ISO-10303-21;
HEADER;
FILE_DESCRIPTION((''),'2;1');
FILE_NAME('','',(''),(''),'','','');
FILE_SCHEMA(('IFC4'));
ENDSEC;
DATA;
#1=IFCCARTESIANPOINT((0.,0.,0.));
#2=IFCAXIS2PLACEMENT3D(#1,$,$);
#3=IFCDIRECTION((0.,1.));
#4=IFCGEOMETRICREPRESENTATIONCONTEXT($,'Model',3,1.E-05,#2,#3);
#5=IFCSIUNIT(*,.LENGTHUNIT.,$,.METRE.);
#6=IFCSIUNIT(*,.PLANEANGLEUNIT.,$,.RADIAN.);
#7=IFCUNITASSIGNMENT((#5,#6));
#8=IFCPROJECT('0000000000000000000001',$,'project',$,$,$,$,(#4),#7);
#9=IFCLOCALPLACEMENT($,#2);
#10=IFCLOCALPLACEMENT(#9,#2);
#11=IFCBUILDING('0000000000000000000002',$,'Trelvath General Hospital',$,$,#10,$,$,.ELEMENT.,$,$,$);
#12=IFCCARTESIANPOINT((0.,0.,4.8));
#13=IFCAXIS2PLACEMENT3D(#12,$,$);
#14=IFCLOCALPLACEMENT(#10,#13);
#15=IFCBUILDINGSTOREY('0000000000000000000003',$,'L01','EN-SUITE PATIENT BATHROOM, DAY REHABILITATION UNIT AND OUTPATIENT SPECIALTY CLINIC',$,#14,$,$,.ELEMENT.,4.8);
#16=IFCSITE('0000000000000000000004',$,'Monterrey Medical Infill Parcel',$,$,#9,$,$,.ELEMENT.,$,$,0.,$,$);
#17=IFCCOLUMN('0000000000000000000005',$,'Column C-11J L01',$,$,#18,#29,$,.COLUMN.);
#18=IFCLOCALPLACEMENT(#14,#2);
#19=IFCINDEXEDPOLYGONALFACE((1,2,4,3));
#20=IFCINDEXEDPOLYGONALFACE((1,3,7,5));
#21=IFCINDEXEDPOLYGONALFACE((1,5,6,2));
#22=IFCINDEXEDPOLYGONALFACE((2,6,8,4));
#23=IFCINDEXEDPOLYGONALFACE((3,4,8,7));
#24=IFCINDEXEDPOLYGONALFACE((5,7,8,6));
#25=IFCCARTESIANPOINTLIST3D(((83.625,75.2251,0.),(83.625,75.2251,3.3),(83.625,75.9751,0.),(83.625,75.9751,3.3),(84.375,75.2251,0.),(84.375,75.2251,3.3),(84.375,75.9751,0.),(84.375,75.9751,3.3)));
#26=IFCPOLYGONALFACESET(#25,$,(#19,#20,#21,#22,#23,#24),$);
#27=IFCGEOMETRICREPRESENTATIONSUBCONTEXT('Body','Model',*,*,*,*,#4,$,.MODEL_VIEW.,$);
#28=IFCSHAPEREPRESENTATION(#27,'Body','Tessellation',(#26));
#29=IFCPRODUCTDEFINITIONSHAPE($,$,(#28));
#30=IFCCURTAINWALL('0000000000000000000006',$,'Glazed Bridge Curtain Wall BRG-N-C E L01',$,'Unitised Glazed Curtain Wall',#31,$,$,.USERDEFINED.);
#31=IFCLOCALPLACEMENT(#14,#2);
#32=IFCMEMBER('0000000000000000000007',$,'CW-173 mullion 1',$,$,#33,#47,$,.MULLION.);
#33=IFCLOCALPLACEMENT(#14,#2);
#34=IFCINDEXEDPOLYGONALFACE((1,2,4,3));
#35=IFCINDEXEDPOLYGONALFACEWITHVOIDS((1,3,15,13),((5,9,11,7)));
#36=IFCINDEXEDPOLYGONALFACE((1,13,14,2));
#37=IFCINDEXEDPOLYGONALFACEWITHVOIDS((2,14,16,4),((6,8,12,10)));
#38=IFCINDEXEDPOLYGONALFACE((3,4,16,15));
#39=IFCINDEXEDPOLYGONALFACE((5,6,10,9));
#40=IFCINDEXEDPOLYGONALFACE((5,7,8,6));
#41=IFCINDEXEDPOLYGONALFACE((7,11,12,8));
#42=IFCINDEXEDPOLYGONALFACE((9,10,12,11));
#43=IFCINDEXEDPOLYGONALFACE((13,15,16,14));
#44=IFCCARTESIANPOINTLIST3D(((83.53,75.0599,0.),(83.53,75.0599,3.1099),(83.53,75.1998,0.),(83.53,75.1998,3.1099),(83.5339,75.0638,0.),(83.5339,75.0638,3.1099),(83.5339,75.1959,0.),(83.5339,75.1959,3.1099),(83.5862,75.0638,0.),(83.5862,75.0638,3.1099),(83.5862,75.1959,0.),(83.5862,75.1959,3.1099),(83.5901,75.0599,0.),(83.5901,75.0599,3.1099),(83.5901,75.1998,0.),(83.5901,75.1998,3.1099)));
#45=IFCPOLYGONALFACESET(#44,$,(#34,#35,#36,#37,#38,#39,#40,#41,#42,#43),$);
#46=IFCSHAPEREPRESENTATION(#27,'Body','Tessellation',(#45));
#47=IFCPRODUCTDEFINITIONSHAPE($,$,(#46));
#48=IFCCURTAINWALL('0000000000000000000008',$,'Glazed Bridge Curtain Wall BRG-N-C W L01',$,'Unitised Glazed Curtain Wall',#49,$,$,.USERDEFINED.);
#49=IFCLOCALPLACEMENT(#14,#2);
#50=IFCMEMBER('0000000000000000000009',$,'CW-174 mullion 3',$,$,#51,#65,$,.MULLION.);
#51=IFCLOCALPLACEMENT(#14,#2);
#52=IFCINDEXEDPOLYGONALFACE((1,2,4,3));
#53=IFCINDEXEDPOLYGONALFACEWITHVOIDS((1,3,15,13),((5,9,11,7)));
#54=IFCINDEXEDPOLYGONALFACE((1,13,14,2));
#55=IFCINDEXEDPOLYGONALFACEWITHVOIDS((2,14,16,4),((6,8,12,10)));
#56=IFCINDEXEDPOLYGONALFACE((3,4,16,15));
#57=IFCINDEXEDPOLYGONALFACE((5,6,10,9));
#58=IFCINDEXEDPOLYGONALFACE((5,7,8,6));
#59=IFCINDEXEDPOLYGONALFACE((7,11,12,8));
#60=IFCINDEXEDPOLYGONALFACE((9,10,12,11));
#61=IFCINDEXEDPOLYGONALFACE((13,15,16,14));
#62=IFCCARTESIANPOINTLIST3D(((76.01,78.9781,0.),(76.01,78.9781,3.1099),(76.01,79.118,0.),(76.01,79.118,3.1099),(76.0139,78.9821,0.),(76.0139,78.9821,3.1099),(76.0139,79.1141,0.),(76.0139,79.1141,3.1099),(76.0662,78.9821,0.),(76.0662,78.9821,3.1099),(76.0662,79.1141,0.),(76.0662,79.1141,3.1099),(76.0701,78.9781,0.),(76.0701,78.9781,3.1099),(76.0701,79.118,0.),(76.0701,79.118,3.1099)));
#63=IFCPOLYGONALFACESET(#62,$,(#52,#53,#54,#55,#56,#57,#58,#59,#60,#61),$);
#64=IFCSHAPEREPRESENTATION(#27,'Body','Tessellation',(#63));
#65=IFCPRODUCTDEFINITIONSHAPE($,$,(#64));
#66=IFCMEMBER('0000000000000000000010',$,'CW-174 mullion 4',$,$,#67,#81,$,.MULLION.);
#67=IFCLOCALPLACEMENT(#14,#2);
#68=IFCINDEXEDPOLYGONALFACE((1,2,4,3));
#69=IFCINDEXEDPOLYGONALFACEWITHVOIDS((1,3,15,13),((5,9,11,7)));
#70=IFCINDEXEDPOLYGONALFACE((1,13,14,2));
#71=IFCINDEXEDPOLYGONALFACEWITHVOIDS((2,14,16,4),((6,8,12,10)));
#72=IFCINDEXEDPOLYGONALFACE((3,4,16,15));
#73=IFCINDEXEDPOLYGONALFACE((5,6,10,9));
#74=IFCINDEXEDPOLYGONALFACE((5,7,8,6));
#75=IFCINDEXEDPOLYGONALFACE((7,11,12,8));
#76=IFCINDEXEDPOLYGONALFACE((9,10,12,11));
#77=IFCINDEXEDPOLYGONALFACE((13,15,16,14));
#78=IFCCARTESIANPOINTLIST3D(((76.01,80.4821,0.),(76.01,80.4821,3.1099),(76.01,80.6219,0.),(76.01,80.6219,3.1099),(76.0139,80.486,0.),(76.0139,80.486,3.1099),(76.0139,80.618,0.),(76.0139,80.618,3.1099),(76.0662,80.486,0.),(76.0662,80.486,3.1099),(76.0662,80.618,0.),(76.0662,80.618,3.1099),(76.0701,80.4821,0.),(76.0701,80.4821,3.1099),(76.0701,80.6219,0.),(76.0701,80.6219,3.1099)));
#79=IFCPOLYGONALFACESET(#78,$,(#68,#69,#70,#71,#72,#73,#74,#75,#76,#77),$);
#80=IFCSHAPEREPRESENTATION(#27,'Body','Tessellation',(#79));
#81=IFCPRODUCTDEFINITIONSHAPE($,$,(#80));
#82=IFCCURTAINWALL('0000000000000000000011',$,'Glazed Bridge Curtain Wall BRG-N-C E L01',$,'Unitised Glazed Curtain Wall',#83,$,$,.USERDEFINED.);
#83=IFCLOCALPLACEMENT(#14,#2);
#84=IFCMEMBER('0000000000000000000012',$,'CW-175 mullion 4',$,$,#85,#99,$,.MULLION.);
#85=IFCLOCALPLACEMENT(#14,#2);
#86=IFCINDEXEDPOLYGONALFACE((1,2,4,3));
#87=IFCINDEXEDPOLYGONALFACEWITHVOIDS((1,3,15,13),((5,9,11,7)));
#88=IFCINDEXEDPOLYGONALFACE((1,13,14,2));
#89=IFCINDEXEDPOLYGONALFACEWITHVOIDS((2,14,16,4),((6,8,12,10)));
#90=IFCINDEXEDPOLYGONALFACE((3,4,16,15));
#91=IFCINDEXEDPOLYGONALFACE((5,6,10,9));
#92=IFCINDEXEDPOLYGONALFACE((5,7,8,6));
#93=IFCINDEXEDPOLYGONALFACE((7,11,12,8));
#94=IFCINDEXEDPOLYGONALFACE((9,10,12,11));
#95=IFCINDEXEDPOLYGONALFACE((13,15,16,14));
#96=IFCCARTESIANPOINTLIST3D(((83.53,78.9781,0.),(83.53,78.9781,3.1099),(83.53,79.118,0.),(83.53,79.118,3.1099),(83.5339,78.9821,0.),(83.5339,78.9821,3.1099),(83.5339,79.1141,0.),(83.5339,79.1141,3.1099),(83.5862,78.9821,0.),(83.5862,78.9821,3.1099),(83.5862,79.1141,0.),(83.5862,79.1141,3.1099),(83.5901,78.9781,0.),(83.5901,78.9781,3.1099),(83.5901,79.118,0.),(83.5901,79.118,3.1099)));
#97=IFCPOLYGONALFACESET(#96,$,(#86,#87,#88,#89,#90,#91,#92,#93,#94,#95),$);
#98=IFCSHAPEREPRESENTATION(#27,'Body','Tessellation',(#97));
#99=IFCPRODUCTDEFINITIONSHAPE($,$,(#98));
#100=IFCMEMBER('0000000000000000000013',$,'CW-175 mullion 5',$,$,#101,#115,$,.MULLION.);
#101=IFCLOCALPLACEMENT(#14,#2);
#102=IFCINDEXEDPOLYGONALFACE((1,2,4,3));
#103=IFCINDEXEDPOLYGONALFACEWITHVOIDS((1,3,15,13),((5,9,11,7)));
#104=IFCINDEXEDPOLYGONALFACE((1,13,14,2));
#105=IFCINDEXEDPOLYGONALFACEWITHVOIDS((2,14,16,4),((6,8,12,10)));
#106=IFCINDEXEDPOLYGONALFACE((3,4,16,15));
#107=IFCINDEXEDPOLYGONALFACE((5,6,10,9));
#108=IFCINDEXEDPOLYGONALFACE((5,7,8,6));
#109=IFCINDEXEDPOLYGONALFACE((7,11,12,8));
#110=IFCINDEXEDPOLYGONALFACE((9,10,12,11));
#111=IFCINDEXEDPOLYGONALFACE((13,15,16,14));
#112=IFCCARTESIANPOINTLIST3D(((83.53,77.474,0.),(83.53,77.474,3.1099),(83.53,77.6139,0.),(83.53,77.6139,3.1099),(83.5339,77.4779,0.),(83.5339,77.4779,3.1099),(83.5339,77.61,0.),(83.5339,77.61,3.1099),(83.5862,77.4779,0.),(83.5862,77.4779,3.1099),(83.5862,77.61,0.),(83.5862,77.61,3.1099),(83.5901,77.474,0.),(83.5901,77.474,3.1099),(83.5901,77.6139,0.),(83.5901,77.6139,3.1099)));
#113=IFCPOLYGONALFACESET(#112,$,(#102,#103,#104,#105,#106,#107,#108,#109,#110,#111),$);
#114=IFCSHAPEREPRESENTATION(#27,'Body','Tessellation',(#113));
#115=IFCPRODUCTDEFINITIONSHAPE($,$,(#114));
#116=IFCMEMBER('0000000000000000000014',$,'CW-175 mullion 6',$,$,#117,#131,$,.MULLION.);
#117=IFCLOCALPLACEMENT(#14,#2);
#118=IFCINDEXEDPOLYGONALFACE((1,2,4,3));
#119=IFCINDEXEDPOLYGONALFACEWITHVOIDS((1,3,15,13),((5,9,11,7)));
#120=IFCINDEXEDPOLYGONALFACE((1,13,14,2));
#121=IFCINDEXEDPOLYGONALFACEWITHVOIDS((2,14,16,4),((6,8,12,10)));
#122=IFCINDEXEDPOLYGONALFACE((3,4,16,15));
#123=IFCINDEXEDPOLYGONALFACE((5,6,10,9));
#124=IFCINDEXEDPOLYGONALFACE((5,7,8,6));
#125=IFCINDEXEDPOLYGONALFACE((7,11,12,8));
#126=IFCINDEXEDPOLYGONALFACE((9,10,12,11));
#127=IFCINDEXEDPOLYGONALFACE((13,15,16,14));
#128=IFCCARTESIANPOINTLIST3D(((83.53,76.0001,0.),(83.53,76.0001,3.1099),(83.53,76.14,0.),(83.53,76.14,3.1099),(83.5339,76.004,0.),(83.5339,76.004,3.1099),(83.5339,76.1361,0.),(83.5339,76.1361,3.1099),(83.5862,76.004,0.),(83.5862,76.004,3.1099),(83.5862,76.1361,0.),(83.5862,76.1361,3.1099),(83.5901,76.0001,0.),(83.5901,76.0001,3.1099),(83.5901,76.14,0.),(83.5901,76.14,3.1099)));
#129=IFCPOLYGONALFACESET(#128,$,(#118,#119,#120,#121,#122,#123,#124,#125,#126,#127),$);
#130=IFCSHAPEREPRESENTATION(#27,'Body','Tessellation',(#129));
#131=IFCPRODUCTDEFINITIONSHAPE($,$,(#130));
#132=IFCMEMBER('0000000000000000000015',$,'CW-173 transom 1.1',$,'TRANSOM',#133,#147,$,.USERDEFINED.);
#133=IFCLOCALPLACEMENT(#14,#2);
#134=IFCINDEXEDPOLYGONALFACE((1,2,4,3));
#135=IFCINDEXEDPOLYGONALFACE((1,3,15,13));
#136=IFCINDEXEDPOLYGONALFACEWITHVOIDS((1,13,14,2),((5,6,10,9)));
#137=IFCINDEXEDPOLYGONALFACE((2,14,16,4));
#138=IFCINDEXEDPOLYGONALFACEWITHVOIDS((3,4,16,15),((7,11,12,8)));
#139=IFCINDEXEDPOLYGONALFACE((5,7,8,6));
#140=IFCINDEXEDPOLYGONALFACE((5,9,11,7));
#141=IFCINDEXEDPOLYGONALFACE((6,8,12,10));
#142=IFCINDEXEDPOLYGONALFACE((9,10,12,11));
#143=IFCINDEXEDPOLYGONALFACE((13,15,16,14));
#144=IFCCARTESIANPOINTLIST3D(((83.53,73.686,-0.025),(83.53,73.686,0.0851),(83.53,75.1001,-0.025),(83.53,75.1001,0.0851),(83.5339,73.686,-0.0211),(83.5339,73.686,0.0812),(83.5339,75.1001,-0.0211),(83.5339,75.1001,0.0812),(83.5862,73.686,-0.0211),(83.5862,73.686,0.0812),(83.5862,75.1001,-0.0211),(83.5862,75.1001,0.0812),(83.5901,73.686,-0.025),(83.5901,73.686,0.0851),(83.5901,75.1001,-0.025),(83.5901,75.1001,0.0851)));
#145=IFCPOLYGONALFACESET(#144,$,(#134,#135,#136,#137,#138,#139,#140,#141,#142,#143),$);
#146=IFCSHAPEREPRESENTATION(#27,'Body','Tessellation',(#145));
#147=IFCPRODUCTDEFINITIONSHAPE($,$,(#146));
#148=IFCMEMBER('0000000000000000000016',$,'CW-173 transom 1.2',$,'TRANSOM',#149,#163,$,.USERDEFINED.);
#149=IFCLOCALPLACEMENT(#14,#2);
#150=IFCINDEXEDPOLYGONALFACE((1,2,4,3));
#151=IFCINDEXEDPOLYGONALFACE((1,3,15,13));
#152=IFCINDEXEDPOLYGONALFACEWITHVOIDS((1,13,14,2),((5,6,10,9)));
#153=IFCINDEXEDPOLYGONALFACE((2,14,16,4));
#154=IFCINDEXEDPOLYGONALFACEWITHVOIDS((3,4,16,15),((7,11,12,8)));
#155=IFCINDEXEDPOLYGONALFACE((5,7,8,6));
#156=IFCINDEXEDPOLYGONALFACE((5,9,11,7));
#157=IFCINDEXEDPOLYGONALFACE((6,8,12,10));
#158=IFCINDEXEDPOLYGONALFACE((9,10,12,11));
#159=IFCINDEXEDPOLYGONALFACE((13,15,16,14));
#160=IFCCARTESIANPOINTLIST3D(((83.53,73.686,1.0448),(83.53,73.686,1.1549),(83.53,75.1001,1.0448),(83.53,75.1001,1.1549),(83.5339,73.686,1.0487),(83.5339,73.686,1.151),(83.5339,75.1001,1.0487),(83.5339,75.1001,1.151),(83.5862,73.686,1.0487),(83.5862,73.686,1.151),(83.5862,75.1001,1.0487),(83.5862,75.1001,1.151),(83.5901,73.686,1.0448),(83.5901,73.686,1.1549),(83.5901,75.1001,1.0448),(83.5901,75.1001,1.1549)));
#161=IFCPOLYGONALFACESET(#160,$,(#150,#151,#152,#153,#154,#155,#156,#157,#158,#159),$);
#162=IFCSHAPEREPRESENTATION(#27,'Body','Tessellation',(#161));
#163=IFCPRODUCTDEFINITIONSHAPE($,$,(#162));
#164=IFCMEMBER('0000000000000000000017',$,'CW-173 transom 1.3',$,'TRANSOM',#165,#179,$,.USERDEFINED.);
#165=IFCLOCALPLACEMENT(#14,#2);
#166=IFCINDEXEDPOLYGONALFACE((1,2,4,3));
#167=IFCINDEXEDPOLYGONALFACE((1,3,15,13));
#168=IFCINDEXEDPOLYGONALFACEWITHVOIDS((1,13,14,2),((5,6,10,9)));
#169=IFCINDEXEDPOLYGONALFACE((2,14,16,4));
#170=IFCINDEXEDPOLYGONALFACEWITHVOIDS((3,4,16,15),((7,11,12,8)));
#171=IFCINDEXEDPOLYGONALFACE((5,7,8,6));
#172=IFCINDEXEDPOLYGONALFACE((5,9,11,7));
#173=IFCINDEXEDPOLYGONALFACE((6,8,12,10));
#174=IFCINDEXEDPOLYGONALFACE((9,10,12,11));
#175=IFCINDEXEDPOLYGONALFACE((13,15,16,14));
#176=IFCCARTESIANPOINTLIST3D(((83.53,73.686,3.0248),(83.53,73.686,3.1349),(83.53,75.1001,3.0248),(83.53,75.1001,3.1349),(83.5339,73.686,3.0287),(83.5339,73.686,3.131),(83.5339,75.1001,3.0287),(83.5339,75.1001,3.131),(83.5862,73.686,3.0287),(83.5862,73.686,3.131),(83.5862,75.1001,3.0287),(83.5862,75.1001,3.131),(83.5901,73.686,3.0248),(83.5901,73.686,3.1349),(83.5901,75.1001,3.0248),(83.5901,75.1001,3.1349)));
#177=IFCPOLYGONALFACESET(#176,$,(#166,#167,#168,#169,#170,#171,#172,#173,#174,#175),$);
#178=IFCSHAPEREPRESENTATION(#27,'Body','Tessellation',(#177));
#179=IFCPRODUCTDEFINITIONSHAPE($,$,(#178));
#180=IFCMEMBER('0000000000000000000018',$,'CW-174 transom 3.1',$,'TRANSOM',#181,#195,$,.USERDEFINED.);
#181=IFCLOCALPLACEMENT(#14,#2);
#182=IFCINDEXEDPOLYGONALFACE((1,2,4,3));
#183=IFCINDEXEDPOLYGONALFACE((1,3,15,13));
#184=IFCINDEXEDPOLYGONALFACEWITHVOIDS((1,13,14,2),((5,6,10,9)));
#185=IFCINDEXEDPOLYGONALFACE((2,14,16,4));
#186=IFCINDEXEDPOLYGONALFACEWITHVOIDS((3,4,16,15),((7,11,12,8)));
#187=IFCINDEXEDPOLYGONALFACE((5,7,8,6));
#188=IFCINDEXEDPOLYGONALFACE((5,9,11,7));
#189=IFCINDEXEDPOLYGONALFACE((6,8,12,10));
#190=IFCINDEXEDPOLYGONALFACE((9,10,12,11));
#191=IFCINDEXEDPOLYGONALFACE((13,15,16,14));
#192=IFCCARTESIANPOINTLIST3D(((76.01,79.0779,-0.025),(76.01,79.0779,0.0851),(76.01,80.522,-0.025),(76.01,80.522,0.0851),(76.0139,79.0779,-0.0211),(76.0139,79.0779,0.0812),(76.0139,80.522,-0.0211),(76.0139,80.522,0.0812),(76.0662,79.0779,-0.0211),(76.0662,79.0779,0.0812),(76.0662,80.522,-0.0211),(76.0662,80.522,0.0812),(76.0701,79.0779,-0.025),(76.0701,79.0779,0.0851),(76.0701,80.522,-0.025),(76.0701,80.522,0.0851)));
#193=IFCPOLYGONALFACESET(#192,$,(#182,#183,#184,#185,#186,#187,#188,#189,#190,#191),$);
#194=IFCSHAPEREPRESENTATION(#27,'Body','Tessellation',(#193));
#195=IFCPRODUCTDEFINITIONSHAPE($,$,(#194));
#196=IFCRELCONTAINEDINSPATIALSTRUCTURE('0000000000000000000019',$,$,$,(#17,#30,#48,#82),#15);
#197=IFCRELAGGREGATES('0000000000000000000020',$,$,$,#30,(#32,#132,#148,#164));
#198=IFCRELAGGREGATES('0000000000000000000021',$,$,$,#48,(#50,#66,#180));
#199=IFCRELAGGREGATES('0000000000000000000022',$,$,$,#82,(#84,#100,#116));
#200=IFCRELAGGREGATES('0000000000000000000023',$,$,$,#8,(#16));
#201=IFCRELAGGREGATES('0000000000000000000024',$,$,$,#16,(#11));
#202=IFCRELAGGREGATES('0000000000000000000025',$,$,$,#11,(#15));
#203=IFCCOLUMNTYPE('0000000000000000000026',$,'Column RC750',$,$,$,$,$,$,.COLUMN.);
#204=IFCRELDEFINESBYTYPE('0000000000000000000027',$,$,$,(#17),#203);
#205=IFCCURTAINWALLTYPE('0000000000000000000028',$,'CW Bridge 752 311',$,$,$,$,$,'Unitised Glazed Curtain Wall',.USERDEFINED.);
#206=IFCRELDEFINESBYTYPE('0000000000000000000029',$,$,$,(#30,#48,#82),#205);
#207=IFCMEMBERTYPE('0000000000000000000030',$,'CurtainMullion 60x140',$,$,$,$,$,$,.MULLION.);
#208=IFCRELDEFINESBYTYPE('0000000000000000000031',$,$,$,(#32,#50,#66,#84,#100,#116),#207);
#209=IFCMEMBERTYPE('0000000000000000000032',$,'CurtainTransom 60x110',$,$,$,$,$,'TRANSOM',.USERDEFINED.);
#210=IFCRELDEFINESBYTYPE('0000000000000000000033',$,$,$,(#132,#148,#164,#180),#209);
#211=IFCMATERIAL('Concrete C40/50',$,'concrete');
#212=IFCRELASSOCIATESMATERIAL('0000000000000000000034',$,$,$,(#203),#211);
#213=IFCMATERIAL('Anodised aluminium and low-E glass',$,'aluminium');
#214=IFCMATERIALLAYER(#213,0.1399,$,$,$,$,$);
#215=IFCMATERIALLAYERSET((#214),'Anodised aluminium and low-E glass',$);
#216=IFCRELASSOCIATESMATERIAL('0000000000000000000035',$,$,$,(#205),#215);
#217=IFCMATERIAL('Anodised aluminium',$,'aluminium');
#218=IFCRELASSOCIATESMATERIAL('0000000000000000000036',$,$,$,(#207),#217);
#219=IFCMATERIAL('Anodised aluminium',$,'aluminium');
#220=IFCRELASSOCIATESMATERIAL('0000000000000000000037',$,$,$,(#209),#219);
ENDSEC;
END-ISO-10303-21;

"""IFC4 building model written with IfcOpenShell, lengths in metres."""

from ifc_helpers import new_model, si_unit, direction, frame, origin, origin_2d, place, context, subcontext, project, spatial, rectangle, hollow_rectangle, extrude, material, layer, layer_set, material_profile, profile_set, type_object, element, aggregate, save


model = new_model("IFC4")

# Units and contexts
model_context = context("Model", 3, precision=1e-05, world=origin(), true_north=direction((0.0, 1.0)))
body_context = subcontext(model_context, "Body", "Model", "MODEL_VIEW")
ifc_project = project(units=[si_unit("LENGTHUNIT", "METRE"), si_unit("PLANEANGLEUNIT", "RADIAN")], contexts=[model_context])

# Site, building, storey
site_placement = place(None, origin())
site = spatial("IfcSite", under=ifc_project, at=site_placement, Name="Monterrey Medical Infill Parcel", CompositionType="ELEMENT", RefElevation=0.0)
building_placement = place(site_placement, origin())
building = spatial("IfcBuilding", under=site, at=building_placement, Name="Trelvath General Hospital", CompositionType="ELEMENT")
storey_placement = place(building_placement, frame((0.0, 0.0, 4.8)))
storey = spatial("IfcBuildingStorey", under=building, at=storey_placement, Name="L01", Description="EN-SUITE PATIENT BATHROOM, DAY REHABILITATION UNIT AND OUTPATIENT SPECIALTY CLINIC", CompositionType="ELEMENT", Elevation=4.8)

# Column
ifc_material_1 = material(Name="Concrete C40/50", Category="concrete")
ifc_material_profile_1 = material_profile(ifc_material_1, rectangle(XDim=0.75, YDim=0.75, at=origin_2d()), Name="RC750x750")
ifc_profile_set_1 = profile_set([ifc_material_profile_1], Name="Concrete C40/50")
column_type = type_object("IfcColumnType", Name="Column RC750", PredefinedType="COLUMN", material=ifc_profile_set_1)
column_placement = place(storey_placement, frame((84.0, 75.6001, 0.0), z_axis=(0.0, 0.0, 1.0), x_axis=(1.0, 0.0, 0.0)))
element("IfcColumn", 1, at=column_placement, inside=storey, type_object=column_type, Name="Column C-11J L01", PredefinedType="COLUMN", context=body_context, shape_type="SweptSolid", body=[
    extrude(rectangle(XDim=0.75, YDim=0.75, at=origin_2d()), origin(), (0.0, 0.0, 1.0), 3.3),
])

# Curtain wall, member
ifc_material_2 = material(Name="Anodised aluminium and low-E glass", Category="aluminium")
ifc_layer_1 = layer(ifc_material_2, 0.1399)
ifc_layer_set_1 = layer_set([ifc_layer_1], Name="Anodised aluminium and low-E glass")
curtain_wall_type = type_object("IfcCurtainWallType", Name="CW Bridge 752 311", ElementType="Unitised Glazed Curtain Wall", PredefinedType="USERDEFINED", material=ifc_layer_set_1)
curtain_wall_1_placement = place(storey_placement, origin())
curtain_wall_1 = element("IfcCurtainWall", 2, at=curtain_wall_1_placement, inside=storey, type_object=curtain_wall_type, Name="Glazed Bridge Curtain Wall BRG-N-C E L01", ObjectType="Unitised Glazed Curtain Wall", PredefinedType="USERDEFINED")
ifc_material_3 = material(Name="Anodised aluminium", Category="aluminium")
ifc_material_profile_2 = material_profile(ifc_material_3, hollow_rectangle(XDim=0.0601, YDim=0.1399, WallThickness=0.0039, at=origin_2d()), Name="RHS60x140x4")
ifc_profile_set_2 = profile_set([ifc_material_profile_2], Name="Anodised aluminium")
member_type_1 = type_object("IfcMemberType", Name="CurtainMullion 60x140", PredefinedType="MULLION", material=ifc_profile_set_2)
member_1_placement = place(storey_placement, frame((83.5601, 75.1299, 0.0), z_axis=(0.0, 0.0, 1.0), x_axis=(1.0, 0.0, 0.0)))
member_1 = element("IfcMember", 3, at=member_1_placement, type_object=member_type_1, Name="CW-173 mullion 1", PredefinedType="MULLION", context=body_context, shape_type="SweptSolid", body=[
    extrude(hollow_rectangle(XDim=0.0601, YDim=0.1399, WallThickness=0.0039, at=origin_2d()), origin(), (0.0, 0.0, 1.0), 3.1099),
])

# Curtain walls, members
curtain_wall_2_placement = place(storey_placement, origin())
curtain_wall_2 = element("IfcCurtainWall", 4, at=curtain_wall_2_placement, inside=storey, type_object=curtain_wall_type, Name="Glazed Bridge Curtain Wall BRG-N-C W L01", ObjectType="Unitised Glazed Curtain Wall", PredefinedType="USERDEFINED")
member_2_placement = place(storey_placement, frame((76.04, 79.0481, 0.0), z_axis=(0.0, 0.0, 1.0), x_axis=(-1.0, 0.0, 0.0)))
member_2 = element("IfcMember", 5, at=member_2_placement, type_object=member_type_1, Name="CW-174 mullion 3", PredefinedType="MULLION", context=body_context, shape_type="SweptSolid", body=[
    extrude(hollow_rectangle(XDim=0.0601, YDim=0.1399, WallThickness=0.0039, at=origin_2d()), origin(), (0.0, 0.0, 1.0), 3.1099),
])
member_3_placement = place(storey_placement, frame((76.04, 80.552, 0.0), z_axis=(0.0, 0.0, 1.0), x_axis=(-1.0, 0.0, 0.0)))
member_3 = element("IfcMember", 6, at=member_3_placement, type_object=member_type_1, Name="CW-174 mullion 4", PredefinedType="MULLION", context=body_context, shape_type="SweptSolid", body=[
    extrude(hollow_rectangle(XDim=0.0601, YDim=0.1399, WallThickness=0.0039, at=origin_2d()), origin(), (0.0, 0.0, 1.0), 3.1099),
])
curtain_wall_3_placement = place(storey_placement, origin())
curtain_wall_3 = element("IfcCurtainWall", 7, at=curtain_wall_3_placement, inside=storey, type_object=curtain_wall_type, Name="Glazed Bridge Curtain Wall BRG-N-C E L01", ObjectType="Unitised Glazed Curtain Wall", PredefinedType="USERDEFINED")
member_4_placement = place(storey_placement, frame((83.5601, 79.0481, 0.0), z_axis=(0.0, 0.0, 1.0), x_axis=(1.0, 0.0, 0.0)))
member_4 = element("IfcMember", 8, at=member_4_placement, type_object=member_type_1, Name="CW-175 mullion 4", PredefinedType="MULLION", context=body_context, shape_type="SweptSolid", body=[
    extrude(hollow_rectangle(XDim=0.0601, YDim=0.1399, WallThickness=0.0039, at=origin_2d()), origin(), (0.0, 0.0, 1.0), 3.1099),
])
member_5_placement = place(storey_placement, frame((83.5601, 77.5439, 0.0), z_axis=(0.0, 0.0, 1.0), x_axis=(1.0, 0.0, 0.0)))
member_5 = element("IfcMember", 9, at=member_5_placement, type_object=member_type_1, Name="CW-175 mullion 5", PredefinedType="MULLION", context=body_context, shape_type="SweptSolid", body=[
    extrude(hollow_rectangle(XDim=0.0601, YDim=0.1399, WallThickness=0.0039, at=origin_2d()), origin(), (0.0, 0.0, 1.0), 3.1099),
])
member_6_placement = place(storey_placement, frame((83.5601, 76.0701, 0.0), z_axis=(0.0, 0.0, 1.0), x_axis=(1.0, 0.0, 0.0)))
member_6 = element("IfcMember", 10, at=member_6_placement, type_object=member_type_1, Name="CW-175 mullion 6", PredefinedType="MULLION", context=body_context, shape_type="SweptSolid", body=[
    extrude(hollow_rectangle(XDim=0.0601, YDim=0.1399, WallThickness=0.0039, at=origin_2d()), origin(), (0.0, 0.0, 1.0), 3.1099),
])

# Members
ifc_material_4 = material(Name="Anodised aluminium", Category="aluminium")
ifc_material_profile_3 = material_profile(ifc_material_4, hollow_rectangle(XDim=0.0601, YDim=0.1101, WallThickness=0.0039, at=origin_2d()), Name="RHS60x110x4")
ifc_profile_set_3 = profile_set([ifc_material_profile_3], Name="Anodised aluminium")
member_type_2 = type_object("IfcMemberType", Name="CurtainTransom 60x110", ElementType="TRANSOM", PredefinedType="USERDEFINED", material=ifc_profile_set_3)
member_7_placement = place(storey_placement, frame((83.5601, 75.1001, 0.03), z_axis=(0.0, -1.0, 0.0), x_axis=(1.0, 0.0, 0.0)))
member_7 = element("IfcMember", 11, at=member_7_placement, type_object=member_type_2, Name="CW-173 transom 1.1", ObjectType="TRANSOM", PredefinedType="USERDEFINED", context=body_context, shape_type="SweptSolid", body=[
    extrude(hollow_rectangle(XDim=0.0601, YDim=0.1101, WallThickness=0.0039, at=origin_2d()), origin(), (0.0, 0.0, 1.0), 1.4141),
])
member_8_placement = place(storey_placement, frame((83.5601, 75.1001, 1.0999), z_axis=(0.0, -1.0, 0.0), x_axis=(1.0, 0.0, 0.0)))
member_8 = element("IfcMember", 12, at=member_8_placement, type_object=member_type_2, Name="CW-173 transom 1.2", ObjectType="TRANSOM", PredefinedType="USERDEFINED", context=body_context, shape_type="SweptSolid", body=[
    extrude(hollow_rectangle(XDim=0.0601, YDim=0.1101, WallThickness=0.0039, at=origin_2d()), origin(), (0.0, 0.0, 1.0), 1.4141),
])
member_9_placement = place(storey_placement, frame((83.5601, 75.1001, 3.0798), z_axis=(0.0, -1.0, 0.0), x_axis=(1.0, 0.0, 0.0)))
member_9 = element("IfcMember", 13, at=member_9_placement, type_object=member_type_2, Name="CW-173 transom 1.3", ObjectType="TRANSOM", PredefinedType="USERDEFINED", context=body_context, shape_type="SweptSolid", body=[
    extrude(hollow_rectangle(XDim=0.0601, YDim=0.1101, WallThickness=0.0039, at=origin_2d()), origin(), (0.0, 0.0, 1.0), 1.4141),
])
member_10_placement = place(storey_placement, frame((76.04, 79.0779, 0.03), z_axis=(0.0, 1.0, 0.0), x_axis=(-1.0, 0.0, 0.0)))
member_10 = element("IfcMember", 14, at=member_10_placement, type_object=member_type_2, Name="CW-174 transom 3.1", ObjectType="TRANSOM", PredefinedType="USERDEFINED", context=body_context, shape_type="SweptSolid", body=[
    extrude(hollow_rectangle(XDim=0.0601, YDim=0.1101, WallThickness=0.0039, at=origin_2d()), origin(), (0.0, 0.0, 1.0), 1.4441),
])

aggregate(curtain_wall_1, [member_1, member_7, member_8, member_9])
aggregate(curtain_wall_2, [member_2, member_3, member_10])
aggregate(curtain_wall_3, [member_4, member_5, member_6])

save(model, "model.ifc")
